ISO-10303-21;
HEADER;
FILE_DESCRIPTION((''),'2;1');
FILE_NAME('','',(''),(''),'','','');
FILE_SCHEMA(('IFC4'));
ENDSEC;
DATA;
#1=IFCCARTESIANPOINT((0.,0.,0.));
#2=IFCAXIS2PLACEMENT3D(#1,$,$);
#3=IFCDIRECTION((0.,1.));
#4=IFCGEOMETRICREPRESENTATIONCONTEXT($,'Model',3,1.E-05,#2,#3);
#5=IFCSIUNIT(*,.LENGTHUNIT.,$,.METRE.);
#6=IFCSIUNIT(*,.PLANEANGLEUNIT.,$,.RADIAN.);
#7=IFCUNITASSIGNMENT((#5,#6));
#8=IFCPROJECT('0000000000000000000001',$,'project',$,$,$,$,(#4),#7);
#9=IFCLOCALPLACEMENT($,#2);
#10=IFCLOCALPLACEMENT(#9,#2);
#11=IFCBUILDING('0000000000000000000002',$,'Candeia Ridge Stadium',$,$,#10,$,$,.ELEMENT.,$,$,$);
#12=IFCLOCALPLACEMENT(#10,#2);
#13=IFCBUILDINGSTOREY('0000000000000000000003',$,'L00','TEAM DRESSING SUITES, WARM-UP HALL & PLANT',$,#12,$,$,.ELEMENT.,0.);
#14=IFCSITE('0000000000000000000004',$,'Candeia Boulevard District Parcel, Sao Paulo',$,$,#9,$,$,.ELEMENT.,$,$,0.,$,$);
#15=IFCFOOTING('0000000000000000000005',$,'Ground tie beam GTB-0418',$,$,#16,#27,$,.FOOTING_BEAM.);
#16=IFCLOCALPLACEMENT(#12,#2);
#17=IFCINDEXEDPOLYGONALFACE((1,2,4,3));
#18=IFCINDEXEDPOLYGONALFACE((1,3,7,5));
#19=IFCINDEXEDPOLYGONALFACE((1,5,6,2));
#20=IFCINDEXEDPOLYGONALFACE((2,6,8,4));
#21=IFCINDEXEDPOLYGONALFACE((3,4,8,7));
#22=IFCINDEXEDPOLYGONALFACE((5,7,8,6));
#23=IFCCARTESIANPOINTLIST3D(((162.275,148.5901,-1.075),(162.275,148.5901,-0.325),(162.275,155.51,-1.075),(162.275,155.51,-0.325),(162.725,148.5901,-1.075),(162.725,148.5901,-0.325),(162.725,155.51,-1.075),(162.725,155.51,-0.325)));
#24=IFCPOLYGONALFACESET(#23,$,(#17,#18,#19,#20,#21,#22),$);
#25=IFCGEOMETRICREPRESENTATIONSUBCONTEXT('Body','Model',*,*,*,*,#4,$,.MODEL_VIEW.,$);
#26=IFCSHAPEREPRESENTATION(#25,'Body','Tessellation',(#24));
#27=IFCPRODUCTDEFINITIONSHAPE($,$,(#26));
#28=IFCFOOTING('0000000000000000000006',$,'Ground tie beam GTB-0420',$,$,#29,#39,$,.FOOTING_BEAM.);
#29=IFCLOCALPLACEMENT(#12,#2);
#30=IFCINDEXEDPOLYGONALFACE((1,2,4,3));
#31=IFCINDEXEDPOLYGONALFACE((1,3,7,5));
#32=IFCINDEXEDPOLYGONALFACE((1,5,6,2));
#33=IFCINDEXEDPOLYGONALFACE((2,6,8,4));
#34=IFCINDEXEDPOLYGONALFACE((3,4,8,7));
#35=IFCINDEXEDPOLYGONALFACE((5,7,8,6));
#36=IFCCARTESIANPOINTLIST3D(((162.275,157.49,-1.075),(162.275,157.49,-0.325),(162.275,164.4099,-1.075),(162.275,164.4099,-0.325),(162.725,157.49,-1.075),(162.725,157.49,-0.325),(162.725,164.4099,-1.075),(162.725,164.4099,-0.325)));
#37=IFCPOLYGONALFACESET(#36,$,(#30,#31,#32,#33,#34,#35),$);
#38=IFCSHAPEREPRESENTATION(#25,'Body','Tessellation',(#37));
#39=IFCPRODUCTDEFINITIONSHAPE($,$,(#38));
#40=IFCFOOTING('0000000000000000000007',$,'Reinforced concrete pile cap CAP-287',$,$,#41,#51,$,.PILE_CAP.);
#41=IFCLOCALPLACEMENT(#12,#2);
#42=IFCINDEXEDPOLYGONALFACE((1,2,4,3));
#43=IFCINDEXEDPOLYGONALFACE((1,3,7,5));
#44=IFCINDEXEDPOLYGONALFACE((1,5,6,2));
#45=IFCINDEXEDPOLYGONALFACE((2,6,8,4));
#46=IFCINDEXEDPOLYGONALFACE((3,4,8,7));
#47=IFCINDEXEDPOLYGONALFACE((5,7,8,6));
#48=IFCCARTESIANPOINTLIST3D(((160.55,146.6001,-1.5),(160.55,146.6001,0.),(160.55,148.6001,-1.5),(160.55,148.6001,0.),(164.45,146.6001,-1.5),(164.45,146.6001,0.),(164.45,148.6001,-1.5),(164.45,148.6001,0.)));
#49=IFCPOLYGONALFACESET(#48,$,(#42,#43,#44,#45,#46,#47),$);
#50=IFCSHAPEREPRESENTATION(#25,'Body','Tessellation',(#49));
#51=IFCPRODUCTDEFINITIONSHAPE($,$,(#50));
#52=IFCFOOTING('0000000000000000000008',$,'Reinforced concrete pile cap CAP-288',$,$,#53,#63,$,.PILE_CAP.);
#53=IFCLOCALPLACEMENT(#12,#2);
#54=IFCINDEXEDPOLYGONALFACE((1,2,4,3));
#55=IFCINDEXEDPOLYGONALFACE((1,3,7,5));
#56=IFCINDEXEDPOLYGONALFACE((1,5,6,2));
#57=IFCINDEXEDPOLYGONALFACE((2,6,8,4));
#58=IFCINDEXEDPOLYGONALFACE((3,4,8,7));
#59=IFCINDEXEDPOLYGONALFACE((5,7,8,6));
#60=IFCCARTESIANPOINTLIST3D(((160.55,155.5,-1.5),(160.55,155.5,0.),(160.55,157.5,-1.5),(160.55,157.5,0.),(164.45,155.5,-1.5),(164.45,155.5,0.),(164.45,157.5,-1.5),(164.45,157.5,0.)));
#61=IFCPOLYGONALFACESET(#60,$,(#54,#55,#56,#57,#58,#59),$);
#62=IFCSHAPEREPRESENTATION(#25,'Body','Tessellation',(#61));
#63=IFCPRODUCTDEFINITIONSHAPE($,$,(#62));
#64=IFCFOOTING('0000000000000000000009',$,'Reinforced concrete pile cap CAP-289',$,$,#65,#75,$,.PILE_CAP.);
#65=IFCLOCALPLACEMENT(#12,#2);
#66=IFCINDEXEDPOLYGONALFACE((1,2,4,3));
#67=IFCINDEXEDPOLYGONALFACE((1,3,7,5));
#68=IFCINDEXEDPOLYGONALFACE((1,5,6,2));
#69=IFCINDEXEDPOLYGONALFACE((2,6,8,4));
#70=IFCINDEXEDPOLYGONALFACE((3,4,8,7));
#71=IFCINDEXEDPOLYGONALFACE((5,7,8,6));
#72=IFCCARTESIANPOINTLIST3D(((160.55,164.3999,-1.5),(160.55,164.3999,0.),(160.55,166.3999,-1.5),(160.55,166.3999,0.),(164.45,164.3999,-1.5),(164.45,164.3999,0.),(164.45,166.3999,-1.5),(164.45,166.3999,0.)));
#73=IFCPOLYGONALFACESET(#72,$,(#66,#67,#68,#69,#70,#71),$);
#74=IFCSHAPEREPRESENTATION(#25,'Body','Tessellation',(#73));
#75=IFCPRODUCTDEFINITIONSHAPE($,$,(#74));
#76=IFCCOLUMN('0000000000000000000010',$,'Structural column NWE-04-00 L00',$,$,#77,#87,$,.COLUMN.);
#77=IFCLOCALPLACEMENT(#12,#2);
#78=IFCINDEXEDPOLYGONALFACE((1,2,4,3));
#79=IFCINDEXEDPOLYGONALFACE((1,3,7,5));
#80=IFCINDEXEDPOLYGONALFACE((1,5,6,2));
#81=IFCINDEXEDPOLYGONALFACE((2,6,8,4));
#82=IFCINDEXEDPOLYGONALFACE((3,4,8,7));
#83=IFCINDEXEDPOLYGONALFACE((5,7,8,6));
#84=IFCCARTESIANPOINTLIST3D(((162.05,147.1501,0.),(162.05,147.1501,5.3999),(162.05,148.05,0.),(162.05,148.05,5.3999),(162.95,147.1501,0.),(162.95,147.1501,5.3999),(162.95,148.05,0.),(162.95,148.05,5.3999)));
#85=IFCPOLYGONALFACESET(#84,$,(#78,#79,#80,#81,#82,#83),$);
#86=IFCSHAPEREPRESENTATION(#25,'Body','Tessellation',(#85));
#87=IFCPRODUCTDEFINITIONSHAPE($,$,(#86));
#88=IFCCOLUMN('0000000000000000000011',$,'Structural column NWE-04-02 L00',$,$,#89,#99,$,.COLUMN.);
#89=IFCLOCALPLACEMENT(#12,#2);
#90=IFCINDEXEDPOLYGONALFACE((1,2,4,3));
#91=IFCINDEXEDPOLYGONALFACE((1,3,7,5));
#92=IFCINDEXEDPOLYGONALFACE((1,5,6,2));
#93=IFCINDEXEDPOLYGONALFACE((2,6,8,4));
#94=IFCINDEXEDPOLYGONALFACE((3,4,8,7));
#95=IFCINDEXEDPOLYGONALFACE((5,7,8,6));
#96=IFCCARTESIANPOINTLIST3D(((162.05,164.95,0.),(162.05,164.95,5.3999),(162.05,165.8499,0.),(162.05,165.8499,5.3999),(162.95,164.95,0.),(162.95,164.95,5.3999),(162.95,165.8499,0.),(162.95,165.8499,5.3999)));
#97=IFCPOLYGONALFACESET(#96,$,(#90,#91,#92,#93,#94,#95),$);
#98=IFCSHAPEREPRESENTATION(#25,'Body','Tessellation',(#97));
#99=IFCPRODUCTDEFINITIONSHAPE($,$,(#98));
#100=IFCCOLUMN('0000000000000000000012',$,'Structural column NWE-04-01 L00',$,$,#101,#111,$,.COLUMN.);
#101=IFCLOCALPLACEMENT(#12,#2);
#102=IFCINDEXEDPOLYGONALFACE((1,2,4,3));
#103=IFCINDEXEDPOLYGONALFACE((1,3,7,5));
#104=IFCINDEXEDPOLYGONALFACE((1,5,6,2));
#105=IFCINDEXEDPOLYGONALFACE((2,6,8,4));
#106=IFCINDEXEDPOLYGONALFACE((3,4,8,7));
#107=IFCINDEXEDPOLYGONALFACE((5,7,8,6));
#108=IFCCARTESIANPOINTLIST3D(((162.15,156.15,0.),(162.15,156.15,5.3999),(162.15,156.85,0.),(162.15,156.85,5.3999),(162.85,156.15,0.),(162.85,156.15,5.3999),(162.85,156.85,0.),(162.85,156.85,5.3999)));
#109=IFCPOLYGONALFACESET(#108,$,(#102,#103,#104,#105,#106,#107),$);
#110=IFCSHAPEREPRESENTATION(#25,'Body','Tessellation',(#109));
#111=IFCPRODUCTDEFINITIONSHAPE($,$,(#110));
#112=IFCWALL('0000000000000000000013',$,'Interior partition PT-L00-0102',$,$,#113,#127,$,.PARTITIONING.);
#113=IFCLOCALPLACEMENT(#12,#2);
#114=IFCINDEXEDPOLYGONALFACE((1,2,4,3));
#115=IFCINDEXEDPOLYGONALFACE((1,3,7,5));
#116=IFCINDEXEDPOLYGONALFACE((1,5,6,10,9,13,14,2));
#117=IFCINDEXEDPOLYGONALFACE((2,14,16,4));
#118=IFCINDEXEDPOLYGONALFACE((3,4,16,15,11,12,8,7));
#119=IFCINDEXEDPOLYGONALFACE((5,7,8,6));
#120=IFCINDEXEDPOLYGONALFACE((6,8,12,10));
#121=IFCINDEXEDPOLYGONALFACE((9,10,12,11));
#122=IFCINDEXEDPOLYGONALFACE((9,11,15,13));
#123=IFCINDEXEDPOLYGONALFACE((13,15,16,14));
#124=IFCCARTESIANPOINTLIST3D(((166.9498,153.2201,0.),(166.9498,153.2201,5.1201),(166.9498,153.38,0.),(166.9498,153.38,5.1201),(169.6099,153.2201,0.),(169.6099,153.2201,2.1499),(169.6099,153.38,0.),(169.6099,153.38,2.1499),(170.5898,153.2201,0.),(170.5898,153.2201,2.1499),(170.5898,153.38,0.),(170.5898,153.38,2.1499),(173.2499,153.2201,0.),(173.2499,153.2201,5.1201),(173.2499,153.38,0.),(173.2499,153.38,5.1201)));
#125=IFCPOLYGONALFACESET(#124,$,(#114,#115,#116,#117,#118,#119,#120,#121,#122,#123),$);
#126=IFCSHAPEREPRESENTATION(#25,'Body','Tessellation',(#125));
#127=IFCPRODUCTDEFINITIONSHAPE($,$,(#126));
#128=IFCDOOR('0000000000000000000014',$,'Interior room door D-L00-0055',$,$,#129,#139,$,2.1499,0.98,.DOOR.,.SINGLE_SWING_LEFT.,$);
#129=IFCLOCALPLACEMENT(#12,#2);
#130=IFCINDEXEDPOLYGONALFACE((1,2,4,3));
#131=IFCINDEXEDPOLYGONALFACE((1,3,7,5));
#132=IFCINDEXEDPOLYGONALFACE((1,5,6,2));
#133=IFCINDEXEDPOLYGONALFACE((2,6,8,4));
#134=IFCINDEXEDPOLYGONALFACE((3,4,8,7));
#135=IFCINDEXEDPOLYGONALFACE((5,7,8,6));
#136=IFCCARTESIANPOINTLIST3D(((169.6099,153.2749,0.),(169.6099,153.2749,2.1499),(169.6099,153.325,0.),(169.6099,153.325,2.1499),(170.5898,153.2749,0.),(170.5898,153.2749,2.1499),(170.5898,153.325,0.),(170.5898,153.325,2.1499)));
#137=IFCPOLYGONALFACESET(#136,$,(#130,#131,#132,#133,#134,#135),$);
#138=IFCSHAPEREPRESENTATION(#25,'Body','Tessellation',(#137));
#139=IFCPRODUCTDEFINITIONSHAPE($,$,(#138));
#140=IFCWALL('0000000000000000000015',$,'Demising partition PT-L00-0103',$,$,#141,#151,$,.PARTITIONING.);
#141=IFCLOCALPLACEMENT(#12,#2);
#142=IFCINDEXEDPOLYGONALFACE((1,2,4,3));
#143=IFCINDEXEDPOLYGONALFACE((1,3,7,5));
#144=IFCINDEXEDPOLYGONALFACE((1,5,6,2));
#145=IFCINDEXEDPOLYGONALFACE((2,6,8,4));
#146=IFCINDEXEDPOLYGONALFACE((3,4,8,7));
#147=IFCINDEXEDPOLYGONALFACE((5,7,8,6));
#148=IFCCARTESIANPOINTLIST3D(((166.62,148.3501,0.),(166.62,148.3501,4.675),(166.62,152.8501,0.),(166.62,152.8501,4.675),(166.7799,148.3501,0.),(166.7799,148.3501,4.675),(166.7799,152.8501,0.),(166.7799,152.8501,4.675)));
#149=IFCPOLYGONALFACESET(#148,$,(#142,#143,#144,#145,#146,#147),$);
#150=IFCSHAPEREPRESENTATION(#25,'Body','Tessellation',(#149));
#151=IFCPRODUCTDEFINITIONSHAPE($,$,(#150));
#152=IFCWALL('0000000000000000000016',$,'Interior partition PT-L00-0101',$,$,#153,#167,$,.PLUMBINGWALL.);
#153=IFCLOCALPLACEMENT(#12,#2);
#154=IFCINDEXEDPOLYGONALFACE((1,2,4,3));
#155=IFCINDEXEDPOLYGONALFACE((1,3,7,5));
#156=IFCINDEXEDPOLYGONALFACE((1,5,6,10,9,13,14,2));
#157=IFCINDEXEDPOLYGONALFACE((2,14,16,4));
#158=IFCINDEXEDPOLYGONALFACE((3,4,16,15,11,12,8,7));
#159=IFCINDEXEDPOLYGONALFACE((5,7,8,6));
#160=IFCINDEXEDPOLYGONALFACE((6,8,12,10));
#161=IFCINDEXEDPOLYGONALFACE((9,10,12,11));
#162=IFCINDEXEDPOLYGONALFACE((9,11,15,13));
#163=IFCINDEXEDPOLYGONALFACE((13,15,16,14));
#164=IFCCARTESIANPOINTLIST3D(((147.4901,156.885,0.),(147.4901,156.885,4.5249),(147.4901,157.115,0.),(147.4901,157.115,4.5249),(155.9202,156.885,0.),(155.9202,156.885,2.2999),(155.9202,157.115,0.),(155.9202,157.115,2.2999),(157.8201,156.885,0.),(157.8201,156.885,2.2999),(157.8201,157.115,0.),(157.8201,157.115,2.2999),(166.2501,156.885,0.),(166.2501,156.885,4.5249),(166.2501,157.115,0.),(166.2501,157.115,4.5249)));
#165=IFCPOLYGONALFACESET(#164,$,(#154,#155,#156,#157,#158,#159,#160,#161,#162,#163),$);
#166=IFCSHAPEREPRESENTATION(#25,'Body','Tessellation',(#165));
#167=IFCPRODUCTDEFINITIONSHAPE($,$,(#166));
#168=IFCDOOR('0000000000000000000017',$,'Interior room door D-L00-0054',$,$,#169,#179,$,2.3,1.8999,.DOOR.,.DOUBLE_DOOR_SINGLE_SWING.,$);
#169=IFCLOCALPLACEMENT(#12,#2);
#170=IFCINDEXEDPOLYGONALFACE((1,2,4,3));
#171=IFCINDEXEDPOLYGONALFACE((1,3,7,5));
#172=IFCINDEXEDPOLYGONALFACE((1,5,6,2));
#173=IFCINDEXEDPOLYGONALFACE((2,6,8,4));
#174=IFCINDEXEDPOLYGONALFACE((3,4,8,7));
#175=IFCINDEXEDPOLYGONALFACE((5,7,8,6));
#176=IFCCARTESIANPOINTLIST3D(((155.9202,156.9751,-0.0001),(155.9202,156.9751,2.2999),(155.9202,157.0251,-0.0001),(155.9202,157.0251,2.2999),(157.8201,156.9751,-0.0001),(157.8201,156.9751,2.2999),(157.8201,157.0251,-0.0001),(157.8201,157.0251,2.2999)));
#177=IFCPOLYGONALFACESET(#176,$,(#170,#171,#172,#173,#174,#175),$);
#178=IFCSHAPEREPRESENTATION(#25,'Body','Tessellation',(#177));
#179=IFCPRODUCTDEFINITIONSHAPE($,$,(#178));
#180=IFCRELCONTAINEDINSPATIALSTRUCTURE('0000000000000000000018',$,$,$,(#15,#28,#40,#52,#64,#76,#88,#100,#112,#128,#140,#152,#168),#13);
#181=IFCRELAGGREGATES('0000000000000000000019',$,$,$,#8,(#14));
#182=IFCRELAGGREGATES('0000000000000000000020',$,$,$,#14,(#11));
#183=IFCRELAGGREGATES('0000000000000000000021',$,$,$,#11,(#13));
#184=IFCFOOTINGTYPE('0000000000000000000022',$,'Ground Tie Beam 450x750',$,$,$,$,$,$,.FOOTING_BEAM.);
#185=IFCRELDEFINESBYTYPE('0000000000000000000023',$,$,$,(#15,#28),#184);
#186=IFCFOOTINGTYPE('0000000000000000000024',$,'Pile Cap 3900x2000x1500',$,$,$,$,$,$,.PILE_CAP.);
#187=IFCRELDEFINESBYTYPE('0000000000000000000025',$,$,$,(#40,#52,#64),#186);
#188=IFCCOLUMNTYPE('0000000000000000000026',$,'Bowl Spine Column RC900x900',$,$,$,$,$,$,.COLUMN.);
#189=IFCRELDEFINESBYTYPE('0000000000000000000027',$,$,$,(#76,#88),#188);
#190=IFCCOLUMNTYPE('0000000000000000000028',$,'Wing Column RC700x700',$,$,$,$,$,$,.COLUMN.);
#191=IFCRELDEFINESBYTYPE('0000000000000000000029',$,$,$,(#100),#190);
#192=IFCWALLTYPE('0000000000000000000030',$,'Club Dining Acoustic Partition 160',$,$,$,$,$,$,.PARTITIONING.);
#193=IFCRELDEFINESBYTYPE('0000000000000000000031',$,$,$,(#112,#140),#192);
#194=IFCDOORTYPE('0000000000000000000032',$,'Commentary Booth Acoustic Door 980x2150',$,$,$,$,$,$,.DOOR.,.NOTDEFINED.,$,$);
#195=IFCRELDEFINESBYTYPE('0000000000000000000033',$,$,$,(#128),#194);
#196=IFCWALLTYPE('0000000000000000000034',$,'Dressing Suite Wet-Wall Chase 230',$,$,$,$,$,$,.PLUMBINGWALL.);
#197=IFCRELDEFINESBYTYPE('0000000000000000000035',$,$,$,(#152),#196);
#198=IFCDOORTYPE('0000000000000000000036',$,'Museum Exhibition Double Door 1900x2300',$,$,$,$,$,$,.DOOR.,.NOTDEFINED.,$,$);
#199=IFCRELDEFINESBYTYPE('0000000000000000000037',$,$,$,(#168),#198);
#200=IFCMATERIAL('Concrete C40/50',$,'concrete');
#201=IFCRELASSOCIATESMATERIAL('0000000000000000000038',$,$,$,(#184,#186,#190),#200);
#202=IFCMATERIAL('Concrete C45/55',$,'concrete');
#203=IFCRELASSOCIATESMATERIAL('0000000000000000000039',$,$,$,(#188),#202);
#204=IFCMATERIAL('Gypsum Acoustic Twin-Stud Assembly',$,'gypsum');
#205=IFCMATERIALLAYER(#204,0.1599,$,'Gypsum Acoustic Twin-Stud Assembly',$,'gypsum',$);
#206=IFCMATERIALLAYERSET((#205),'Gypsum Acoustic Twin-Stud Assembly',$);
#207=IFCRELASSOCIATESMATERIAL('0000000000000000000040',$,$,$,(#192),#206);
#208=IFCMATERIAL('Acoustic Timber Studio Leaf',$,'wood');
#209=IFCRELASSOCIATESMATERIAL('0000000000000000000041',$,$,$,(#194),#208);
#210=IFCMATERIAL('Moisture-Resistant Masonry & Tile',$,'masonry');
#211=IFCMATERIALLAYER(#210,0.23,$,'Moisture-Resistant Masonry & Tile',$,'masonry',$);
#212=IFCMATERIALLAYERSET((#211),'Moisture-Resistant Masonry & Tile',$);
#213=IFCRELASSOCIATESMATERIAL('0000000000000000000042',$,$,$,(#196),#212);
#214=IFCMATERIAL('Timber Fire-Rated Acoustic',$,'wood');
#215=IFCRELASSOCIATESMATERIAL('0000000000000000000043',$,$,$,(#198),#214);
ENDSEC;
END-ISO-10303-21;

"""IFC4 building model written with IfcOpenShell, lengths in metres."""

from ifc_helpers import new_model, si_unit, direction, frame, frame_2d, origin, origin_2d, place, context, subcontext, project, spatial, rectangle, extrude, material, layer, layer_set, material_profile, profile_set, type_object, element, fill, save


model = new_model("IFC4")

# Units and contexts
model_context = context("Model", 3, precision=1e-05, world=origin(), true_north=direction((0.0, 1.0)))
body_context = subcontext(model_context, "Body", "Model", "MODEL_VIEW")
ifc_project = project(units=[si_unit("LENGTHUNIT", "METRE"), si_unit("PLANEANGLEUNIT", "RADIAN")], contexts=[model_context])

# Site, building, storey
site_placement = place(None, origin())
site = spatial("IfcSite", under=ifc_project, at=site_placement, Name="Candeia Boulevard District Parcel, Sao Paulo", CompositionType="ELEMENT", RefElevation=0.0)
building_placement = place(site_placement, origin())
building = spatial("IfcBuilding", under=site, at=building_placement, Name="Candeia Ridge Stadium", CompositionType="ELEMENT")
storey_placement = place(building_placement, origin())
storey = spatial("IfcBuildingStorey", under=building, at=storey_placement, Name="L00", Description="TEAM DRESSING SUITES, WARM-UP HALL & PLANT", CompositionType="ELEMENT", Elevation=0.0)

# Shared definitions
ifc_material_1 = material(Name="Concrete C40/50", Category="concrete")

# Footings
footing_type_1 = type_object("IfcFootingType", Name="Ground Tie Beam 450x750", PredefinedType="FOOTING_BEAM", material=ifc_material_1)
for number, where, z_axis, x_axis, name in (
    (1, (162.5, 152.05, -1.075), (0.0, 0.0, 1.0), (0.0, 1.0, 0.0), "Ground tie beam GTB-0418"),
    (2, (162.5, 160.95, -1.075), (0.0, 0.0, 1.0), (0.0, 1.0, 0.0), "Ground tie beam GTB-0420"),
):
    element("IfcFooting", number, at=place(storey_placement, frame(where, z_axis=z_axis, x_axis=x_axis)), inside=storey, type_object=footing_type_1, Name=name, PredefinedType="FOOTING_BEAM", context=body_context, shape_type="SweptSolid", body=[
        extrude(rectangle(XDim=6.9199, YDim=0.45, at=origin_2d()), origin(), (0.0, 0.0, 1.0), 0.75),
    ])
footing_type_2 = type_object("IfcFootingType", Name="Pile Cap 3900x2000x1500", PredefinedType="PILE_CAP", material=ifc_material_1)
for number, where, z_axis, x_axis, name in (
    (3, (162.5, 147.6001, -1.5), (0.0, 0.0, 1.0), (1.0, 0.0, 0.0), "Reinforced concrete pile cap CAP-287"),
    (4, (162.5, 156.5, -1.5), (0.0, 0.0, 1.0), (1.0, 0.0, 0.0), "Reinforced concrete pile cap CAP-288"),
    (5, (162.5, 165.3999, -1.5), (0.0, 0.0, 1.0), (1.0, 0.0, 0.0), "Reinforced concrete pile cap CAP-289"),
):
    element("IfcFooting", number, at=place(storey_placement, frame(where, z_axis=z_axis, x_axis=x_axis)), inside=storey, type_object=footing_type_2, Name=name, PredefinedType="PILE_CAP", context=body_context, shape_type="SweptSolid", body=[
        extrude(rectangle(XDim=3.8999, YDim=2.0, at=origin_2d()), origin(), (0.0, 0.0, 1.0), 1.5),
    ])

# Columns
ifc_material_2 = material(Name="Concrete C45/55", Category="concrete")
ifc_material_profile_1 = material_profile(ifc_material_2, rectangle(XDim=0.8999, YDim=0.8999, at=origin_2d()), Name="RC900x900", Category="concrete")
ifc_profile_set_1 = profile_set([ifc_material_profile_1], Name="Concrete C45/55")
column_type_1 = type_object("IfcColumnType", Name="Bowl Spine Column RC900x900", PredefinedType="COLUMN", material=ifc_profile_set_1)
for number, where, z_axis, x_axis, name in (
    (6, (162.5, 147.6001, 0.0), (0.0, 0.0, 1.0), (1.0, 0.0, 0.0), "Structural column NWE-04-00 L00"),
    (7, (162.5, 165.3999, 0.0), (0.0, 0.0, 1.0), (1.0, 0.0, 0.0), "Structural column NWE-04-02 L00"),
):
    element("IfcColumn", number, at=place(storey_placement, frame(where, z_axis=z_axis, x_axis=x_axis)), inside=storey, type_object=column_type_1, Name=name, PredefinedType="COLUMN", context=body_context, shape_type="SweptSolid", body=[
        extrude(rectangle(XDim=0.8999, YDim=0.8999, at=origin_2d()), origin(), (0.0, 0.0, 1.0), 5.3999),
    ])
ifc_material_profile_2 = material_profile(ifc_material_1, rectangle(XDim=0.7, YDim=0.7, at=origin_2d()), Name="RC700x700", Category="concrete")
ifc_profile_set_2 = profile_set([ifc_material_profile_2], Name="Concrete C40/50")
column_type_2 = type_object("IfcColumnType", Name="Wing Column RC700x700", PredefinedType="COLUMN", material=ifc_profile_set_2)
column_placement = place(storey_placement, frame((162.5, 156.5, 0.0), z_axis=(0.0, 0.0, 1.0), x_axis=(1.0, 0.0, 0.0)))
element("IfcColumn", 8, at=column_placement, inside=storey, type_object=column_type_2, Name="Structural column NWE-04-01 L00", PredefinedType="COLUMN", context=body_context, shape_type="SweptSolid", body=[
    extrude(rectangle(XDim=0.7, YDim=0.7, at=origin_2d()), origin(), (0.0, 0.0, 1.0), 5.3999),
])

# Wall, opening, door
ifc_material_3 = material(Name="Gypsum Acoustic Twin-Stud Assembly", Category="gypsum")
ifc_layer_1 = layer(ifc_material_3, 0.1599, Name="Gypsum Acoustic Twin-Stud Assembly", Category="gypsum")
ifc_layer_set_1 = layer_set([ifc_layer_1], Name="Gypsum Acoustic Twin-Stud Assembly")
wall_type_1 = type_object("IfcWallType", Name="Club Dining Acoustic Partition 160", PredefinedType="PARTITIONING", material=ifc_layer_set_1)
wall_1_placement = place(storey_placement, frame((166.95, 153.3, 0.0), z_axis=(0.0, 0.0, 1.0), x_axis=(1.0, 0.0, 0.0)))
wall_1 = element("IfcWall", 9, at=wall_1_placement, inside=storey, type_object=wall_type_1, Name="Interior partition PT-L00-0102", PredefinedType="PARTITIONING", context=body_context, shape_type="SweptSolid", body=[
    extrude(rectangle(XDim=6.3, YDim=0.1599, at=frame_2d((3.1499, 0.0))), origin(), (0.0, 0.0, 1.0), 5.1201),
])
opening_1_placement = place(wall_1_placement, frame((2.6599, 0.0, 0.0)))
opening_1 = element("IfcOpeningElement", 10, at=opening_1_placement, cuts=wall_1, PredefinedType="OPENING", context=body_context, shape_type="SweptSolid", body=[
    extrude(rectangle(XDim=0.98, YDim=2.1499, at=frame_2d((0.49, 1.075))), frame((0.0, 0.0898, 0.0), z_axis=(0.0, -1.0, 0.0), x_axis=(1.0, 0.0, 0.0)), (0.0, 0.0, 1.0), 0.1799),
])
ifc_material_4 = material(Name="Acoustic Timber Studio Leaf", Category="wood")
door_type_1 = type_object("IfcDoorType", Name="Commentary Booth Acoustic Door 980x2150", OperationType="NOTDEFINED", PredefinedType="DOOR", material=ifc_material_4)
door_1_placement = place(opening_1_placement, origin())
door_1 = element("IfcDoor", 11, at=door_1_placement, inside=storey, type_object=door_type_1, Name="Interior room door D-L00-0055", OperationType="SINGLE_SWING_LEFT", OverallHeight=2.1499, OverallWidth=0.98, PredefinedType="DOOR", context=body_context, shape_type="SweptSolid", body=[
    extrude(rectangle(XDim=0.98, YDim=2.1499, at=frame_2d((0.49, 1.075))), frame((0.0, 0.0249, 0.0), z_axis=(0.0, -1.0, 0.0), x_axis=(1.0, 0.0, 0.0)), (0.0, 0.0, 1.0), 0.05),
])
fill(opening_1, door_1)

# Wall
wall_2_placement = place(storey_placement, frame((166.7, 148.3501, 0.0), z_axis=(0.0, 0.0, 1.0), x_axis=(0.0, 1.0, 0.0)))
element("IfcWall", 12, at=wall_2_placement, inside=storey, type_object=wall_type_1, Name="Demising partition PT-L00-0103", PredefinedType="PARTITIONING", context=body_context, shape_type="SweptSolid", body=[
    extrude(rectangle(XDim=4.5, YDim=0.1599, at=frame_2d((2.25, 0.0))), origin(), (0.0, 0.0, 1.0), 4.675),
])

# Wall, opening, door
ifc_material_5 = material(Name="Moisture-Resistant Masonry & Tile", Category="masonry")
ifc_layer_2 = layer(ifc_material_5, 0.23, Name="Moisture-Resistant Masonry & Tile", Category="masonry")
ifc_layer_set_2 = layer_set([ifc_layer_2], Name="Moisture-Resistant Masonry & Tile")
wall_type_2 = type_object("IfcWallType", Name="Dressing Suite Wet-Wall Chase 230", PredefinedType="PLUMBINGWALL", material=ifc_layer_set_2)
wall_3_placement = place(storey_placement, frame((166.25, 157.0, 0.0), z_axis=(0.0, 0.0, 1.0), x_axis=(-1.0, 0.0, 0.0)))
wall_3 = element("IfcWall", 13, at=wall_3_placement, inside=storey, type_object=wall_type_2, Name="Interior partition PT-L00-0101", PredefinedType="PLUMBINGWALL", context=body_context, shape_type="SweptSolid", body=[
    extrude(rectangle(XDim=18.76, YDim=0.23, at=frame_2d((9.3799, 0.0))), origin(), (0.0, 0.0, 1.0), 4.5249),
])
opening_2_placement = place(wall_3_placement, frame((8.4299, 0.0, 0.0)))
opening_2 = element("IfcOpeningElement", 14, at=opening_2_placement, cuts=wall_3, PredefinedType="OPENING", context=body_context, shape_type="SweptSolid", body=[
    extrude(rectangle(XDim=1.8999, YDim=2.3, at=frame_2d((0.95, 1.1499))), frame((0.0, 0.125, 0.0), z_axis=(0.0, -1.0, 0.0), x_axis=(1.0, 0.0, 0.0)), (0.0, 0.0, 1.0), 0.25),
])
ifc_material_6 = material(Name="Timber Fire-Rated Acoustic", Category="wood")
door_type_2 = type_object("IfcDoorType", Name="Museum Exhibition Double Door 1900x2300", OperationType="NOTDEFINED", PredefinedType="DOOR", material=ifc_material_6)
door_2_placement = place(opening_2_placement, origin())
door_2 = element("IfcDoor", 15, at=door_2_placement, inside=storey, type_object=door_type_2, Name="Interior room door D-L00-0054", OperationType="DOUBLE_DOOR_SINGLE_SWING", OverallHeight=2.3, OverallWidth=1.8999, PredefinedType="DOOR", context=body_context, shape_type="SweptSolid", body=[
    extrude(rectangle(XDim=1.8999, YDim=2.3, at=frame_2d((0.95, 1.1499))), frame((0.0, 0.0249, 0.0), z_axis=(0.0, -1.0, 0.0), x_axis=(1.0, 0.0, 0.0)), (0.0, 0.0, 1.0), 0.05),
])
fill(opening_2, door_2)

save(model, "model.ifc")
